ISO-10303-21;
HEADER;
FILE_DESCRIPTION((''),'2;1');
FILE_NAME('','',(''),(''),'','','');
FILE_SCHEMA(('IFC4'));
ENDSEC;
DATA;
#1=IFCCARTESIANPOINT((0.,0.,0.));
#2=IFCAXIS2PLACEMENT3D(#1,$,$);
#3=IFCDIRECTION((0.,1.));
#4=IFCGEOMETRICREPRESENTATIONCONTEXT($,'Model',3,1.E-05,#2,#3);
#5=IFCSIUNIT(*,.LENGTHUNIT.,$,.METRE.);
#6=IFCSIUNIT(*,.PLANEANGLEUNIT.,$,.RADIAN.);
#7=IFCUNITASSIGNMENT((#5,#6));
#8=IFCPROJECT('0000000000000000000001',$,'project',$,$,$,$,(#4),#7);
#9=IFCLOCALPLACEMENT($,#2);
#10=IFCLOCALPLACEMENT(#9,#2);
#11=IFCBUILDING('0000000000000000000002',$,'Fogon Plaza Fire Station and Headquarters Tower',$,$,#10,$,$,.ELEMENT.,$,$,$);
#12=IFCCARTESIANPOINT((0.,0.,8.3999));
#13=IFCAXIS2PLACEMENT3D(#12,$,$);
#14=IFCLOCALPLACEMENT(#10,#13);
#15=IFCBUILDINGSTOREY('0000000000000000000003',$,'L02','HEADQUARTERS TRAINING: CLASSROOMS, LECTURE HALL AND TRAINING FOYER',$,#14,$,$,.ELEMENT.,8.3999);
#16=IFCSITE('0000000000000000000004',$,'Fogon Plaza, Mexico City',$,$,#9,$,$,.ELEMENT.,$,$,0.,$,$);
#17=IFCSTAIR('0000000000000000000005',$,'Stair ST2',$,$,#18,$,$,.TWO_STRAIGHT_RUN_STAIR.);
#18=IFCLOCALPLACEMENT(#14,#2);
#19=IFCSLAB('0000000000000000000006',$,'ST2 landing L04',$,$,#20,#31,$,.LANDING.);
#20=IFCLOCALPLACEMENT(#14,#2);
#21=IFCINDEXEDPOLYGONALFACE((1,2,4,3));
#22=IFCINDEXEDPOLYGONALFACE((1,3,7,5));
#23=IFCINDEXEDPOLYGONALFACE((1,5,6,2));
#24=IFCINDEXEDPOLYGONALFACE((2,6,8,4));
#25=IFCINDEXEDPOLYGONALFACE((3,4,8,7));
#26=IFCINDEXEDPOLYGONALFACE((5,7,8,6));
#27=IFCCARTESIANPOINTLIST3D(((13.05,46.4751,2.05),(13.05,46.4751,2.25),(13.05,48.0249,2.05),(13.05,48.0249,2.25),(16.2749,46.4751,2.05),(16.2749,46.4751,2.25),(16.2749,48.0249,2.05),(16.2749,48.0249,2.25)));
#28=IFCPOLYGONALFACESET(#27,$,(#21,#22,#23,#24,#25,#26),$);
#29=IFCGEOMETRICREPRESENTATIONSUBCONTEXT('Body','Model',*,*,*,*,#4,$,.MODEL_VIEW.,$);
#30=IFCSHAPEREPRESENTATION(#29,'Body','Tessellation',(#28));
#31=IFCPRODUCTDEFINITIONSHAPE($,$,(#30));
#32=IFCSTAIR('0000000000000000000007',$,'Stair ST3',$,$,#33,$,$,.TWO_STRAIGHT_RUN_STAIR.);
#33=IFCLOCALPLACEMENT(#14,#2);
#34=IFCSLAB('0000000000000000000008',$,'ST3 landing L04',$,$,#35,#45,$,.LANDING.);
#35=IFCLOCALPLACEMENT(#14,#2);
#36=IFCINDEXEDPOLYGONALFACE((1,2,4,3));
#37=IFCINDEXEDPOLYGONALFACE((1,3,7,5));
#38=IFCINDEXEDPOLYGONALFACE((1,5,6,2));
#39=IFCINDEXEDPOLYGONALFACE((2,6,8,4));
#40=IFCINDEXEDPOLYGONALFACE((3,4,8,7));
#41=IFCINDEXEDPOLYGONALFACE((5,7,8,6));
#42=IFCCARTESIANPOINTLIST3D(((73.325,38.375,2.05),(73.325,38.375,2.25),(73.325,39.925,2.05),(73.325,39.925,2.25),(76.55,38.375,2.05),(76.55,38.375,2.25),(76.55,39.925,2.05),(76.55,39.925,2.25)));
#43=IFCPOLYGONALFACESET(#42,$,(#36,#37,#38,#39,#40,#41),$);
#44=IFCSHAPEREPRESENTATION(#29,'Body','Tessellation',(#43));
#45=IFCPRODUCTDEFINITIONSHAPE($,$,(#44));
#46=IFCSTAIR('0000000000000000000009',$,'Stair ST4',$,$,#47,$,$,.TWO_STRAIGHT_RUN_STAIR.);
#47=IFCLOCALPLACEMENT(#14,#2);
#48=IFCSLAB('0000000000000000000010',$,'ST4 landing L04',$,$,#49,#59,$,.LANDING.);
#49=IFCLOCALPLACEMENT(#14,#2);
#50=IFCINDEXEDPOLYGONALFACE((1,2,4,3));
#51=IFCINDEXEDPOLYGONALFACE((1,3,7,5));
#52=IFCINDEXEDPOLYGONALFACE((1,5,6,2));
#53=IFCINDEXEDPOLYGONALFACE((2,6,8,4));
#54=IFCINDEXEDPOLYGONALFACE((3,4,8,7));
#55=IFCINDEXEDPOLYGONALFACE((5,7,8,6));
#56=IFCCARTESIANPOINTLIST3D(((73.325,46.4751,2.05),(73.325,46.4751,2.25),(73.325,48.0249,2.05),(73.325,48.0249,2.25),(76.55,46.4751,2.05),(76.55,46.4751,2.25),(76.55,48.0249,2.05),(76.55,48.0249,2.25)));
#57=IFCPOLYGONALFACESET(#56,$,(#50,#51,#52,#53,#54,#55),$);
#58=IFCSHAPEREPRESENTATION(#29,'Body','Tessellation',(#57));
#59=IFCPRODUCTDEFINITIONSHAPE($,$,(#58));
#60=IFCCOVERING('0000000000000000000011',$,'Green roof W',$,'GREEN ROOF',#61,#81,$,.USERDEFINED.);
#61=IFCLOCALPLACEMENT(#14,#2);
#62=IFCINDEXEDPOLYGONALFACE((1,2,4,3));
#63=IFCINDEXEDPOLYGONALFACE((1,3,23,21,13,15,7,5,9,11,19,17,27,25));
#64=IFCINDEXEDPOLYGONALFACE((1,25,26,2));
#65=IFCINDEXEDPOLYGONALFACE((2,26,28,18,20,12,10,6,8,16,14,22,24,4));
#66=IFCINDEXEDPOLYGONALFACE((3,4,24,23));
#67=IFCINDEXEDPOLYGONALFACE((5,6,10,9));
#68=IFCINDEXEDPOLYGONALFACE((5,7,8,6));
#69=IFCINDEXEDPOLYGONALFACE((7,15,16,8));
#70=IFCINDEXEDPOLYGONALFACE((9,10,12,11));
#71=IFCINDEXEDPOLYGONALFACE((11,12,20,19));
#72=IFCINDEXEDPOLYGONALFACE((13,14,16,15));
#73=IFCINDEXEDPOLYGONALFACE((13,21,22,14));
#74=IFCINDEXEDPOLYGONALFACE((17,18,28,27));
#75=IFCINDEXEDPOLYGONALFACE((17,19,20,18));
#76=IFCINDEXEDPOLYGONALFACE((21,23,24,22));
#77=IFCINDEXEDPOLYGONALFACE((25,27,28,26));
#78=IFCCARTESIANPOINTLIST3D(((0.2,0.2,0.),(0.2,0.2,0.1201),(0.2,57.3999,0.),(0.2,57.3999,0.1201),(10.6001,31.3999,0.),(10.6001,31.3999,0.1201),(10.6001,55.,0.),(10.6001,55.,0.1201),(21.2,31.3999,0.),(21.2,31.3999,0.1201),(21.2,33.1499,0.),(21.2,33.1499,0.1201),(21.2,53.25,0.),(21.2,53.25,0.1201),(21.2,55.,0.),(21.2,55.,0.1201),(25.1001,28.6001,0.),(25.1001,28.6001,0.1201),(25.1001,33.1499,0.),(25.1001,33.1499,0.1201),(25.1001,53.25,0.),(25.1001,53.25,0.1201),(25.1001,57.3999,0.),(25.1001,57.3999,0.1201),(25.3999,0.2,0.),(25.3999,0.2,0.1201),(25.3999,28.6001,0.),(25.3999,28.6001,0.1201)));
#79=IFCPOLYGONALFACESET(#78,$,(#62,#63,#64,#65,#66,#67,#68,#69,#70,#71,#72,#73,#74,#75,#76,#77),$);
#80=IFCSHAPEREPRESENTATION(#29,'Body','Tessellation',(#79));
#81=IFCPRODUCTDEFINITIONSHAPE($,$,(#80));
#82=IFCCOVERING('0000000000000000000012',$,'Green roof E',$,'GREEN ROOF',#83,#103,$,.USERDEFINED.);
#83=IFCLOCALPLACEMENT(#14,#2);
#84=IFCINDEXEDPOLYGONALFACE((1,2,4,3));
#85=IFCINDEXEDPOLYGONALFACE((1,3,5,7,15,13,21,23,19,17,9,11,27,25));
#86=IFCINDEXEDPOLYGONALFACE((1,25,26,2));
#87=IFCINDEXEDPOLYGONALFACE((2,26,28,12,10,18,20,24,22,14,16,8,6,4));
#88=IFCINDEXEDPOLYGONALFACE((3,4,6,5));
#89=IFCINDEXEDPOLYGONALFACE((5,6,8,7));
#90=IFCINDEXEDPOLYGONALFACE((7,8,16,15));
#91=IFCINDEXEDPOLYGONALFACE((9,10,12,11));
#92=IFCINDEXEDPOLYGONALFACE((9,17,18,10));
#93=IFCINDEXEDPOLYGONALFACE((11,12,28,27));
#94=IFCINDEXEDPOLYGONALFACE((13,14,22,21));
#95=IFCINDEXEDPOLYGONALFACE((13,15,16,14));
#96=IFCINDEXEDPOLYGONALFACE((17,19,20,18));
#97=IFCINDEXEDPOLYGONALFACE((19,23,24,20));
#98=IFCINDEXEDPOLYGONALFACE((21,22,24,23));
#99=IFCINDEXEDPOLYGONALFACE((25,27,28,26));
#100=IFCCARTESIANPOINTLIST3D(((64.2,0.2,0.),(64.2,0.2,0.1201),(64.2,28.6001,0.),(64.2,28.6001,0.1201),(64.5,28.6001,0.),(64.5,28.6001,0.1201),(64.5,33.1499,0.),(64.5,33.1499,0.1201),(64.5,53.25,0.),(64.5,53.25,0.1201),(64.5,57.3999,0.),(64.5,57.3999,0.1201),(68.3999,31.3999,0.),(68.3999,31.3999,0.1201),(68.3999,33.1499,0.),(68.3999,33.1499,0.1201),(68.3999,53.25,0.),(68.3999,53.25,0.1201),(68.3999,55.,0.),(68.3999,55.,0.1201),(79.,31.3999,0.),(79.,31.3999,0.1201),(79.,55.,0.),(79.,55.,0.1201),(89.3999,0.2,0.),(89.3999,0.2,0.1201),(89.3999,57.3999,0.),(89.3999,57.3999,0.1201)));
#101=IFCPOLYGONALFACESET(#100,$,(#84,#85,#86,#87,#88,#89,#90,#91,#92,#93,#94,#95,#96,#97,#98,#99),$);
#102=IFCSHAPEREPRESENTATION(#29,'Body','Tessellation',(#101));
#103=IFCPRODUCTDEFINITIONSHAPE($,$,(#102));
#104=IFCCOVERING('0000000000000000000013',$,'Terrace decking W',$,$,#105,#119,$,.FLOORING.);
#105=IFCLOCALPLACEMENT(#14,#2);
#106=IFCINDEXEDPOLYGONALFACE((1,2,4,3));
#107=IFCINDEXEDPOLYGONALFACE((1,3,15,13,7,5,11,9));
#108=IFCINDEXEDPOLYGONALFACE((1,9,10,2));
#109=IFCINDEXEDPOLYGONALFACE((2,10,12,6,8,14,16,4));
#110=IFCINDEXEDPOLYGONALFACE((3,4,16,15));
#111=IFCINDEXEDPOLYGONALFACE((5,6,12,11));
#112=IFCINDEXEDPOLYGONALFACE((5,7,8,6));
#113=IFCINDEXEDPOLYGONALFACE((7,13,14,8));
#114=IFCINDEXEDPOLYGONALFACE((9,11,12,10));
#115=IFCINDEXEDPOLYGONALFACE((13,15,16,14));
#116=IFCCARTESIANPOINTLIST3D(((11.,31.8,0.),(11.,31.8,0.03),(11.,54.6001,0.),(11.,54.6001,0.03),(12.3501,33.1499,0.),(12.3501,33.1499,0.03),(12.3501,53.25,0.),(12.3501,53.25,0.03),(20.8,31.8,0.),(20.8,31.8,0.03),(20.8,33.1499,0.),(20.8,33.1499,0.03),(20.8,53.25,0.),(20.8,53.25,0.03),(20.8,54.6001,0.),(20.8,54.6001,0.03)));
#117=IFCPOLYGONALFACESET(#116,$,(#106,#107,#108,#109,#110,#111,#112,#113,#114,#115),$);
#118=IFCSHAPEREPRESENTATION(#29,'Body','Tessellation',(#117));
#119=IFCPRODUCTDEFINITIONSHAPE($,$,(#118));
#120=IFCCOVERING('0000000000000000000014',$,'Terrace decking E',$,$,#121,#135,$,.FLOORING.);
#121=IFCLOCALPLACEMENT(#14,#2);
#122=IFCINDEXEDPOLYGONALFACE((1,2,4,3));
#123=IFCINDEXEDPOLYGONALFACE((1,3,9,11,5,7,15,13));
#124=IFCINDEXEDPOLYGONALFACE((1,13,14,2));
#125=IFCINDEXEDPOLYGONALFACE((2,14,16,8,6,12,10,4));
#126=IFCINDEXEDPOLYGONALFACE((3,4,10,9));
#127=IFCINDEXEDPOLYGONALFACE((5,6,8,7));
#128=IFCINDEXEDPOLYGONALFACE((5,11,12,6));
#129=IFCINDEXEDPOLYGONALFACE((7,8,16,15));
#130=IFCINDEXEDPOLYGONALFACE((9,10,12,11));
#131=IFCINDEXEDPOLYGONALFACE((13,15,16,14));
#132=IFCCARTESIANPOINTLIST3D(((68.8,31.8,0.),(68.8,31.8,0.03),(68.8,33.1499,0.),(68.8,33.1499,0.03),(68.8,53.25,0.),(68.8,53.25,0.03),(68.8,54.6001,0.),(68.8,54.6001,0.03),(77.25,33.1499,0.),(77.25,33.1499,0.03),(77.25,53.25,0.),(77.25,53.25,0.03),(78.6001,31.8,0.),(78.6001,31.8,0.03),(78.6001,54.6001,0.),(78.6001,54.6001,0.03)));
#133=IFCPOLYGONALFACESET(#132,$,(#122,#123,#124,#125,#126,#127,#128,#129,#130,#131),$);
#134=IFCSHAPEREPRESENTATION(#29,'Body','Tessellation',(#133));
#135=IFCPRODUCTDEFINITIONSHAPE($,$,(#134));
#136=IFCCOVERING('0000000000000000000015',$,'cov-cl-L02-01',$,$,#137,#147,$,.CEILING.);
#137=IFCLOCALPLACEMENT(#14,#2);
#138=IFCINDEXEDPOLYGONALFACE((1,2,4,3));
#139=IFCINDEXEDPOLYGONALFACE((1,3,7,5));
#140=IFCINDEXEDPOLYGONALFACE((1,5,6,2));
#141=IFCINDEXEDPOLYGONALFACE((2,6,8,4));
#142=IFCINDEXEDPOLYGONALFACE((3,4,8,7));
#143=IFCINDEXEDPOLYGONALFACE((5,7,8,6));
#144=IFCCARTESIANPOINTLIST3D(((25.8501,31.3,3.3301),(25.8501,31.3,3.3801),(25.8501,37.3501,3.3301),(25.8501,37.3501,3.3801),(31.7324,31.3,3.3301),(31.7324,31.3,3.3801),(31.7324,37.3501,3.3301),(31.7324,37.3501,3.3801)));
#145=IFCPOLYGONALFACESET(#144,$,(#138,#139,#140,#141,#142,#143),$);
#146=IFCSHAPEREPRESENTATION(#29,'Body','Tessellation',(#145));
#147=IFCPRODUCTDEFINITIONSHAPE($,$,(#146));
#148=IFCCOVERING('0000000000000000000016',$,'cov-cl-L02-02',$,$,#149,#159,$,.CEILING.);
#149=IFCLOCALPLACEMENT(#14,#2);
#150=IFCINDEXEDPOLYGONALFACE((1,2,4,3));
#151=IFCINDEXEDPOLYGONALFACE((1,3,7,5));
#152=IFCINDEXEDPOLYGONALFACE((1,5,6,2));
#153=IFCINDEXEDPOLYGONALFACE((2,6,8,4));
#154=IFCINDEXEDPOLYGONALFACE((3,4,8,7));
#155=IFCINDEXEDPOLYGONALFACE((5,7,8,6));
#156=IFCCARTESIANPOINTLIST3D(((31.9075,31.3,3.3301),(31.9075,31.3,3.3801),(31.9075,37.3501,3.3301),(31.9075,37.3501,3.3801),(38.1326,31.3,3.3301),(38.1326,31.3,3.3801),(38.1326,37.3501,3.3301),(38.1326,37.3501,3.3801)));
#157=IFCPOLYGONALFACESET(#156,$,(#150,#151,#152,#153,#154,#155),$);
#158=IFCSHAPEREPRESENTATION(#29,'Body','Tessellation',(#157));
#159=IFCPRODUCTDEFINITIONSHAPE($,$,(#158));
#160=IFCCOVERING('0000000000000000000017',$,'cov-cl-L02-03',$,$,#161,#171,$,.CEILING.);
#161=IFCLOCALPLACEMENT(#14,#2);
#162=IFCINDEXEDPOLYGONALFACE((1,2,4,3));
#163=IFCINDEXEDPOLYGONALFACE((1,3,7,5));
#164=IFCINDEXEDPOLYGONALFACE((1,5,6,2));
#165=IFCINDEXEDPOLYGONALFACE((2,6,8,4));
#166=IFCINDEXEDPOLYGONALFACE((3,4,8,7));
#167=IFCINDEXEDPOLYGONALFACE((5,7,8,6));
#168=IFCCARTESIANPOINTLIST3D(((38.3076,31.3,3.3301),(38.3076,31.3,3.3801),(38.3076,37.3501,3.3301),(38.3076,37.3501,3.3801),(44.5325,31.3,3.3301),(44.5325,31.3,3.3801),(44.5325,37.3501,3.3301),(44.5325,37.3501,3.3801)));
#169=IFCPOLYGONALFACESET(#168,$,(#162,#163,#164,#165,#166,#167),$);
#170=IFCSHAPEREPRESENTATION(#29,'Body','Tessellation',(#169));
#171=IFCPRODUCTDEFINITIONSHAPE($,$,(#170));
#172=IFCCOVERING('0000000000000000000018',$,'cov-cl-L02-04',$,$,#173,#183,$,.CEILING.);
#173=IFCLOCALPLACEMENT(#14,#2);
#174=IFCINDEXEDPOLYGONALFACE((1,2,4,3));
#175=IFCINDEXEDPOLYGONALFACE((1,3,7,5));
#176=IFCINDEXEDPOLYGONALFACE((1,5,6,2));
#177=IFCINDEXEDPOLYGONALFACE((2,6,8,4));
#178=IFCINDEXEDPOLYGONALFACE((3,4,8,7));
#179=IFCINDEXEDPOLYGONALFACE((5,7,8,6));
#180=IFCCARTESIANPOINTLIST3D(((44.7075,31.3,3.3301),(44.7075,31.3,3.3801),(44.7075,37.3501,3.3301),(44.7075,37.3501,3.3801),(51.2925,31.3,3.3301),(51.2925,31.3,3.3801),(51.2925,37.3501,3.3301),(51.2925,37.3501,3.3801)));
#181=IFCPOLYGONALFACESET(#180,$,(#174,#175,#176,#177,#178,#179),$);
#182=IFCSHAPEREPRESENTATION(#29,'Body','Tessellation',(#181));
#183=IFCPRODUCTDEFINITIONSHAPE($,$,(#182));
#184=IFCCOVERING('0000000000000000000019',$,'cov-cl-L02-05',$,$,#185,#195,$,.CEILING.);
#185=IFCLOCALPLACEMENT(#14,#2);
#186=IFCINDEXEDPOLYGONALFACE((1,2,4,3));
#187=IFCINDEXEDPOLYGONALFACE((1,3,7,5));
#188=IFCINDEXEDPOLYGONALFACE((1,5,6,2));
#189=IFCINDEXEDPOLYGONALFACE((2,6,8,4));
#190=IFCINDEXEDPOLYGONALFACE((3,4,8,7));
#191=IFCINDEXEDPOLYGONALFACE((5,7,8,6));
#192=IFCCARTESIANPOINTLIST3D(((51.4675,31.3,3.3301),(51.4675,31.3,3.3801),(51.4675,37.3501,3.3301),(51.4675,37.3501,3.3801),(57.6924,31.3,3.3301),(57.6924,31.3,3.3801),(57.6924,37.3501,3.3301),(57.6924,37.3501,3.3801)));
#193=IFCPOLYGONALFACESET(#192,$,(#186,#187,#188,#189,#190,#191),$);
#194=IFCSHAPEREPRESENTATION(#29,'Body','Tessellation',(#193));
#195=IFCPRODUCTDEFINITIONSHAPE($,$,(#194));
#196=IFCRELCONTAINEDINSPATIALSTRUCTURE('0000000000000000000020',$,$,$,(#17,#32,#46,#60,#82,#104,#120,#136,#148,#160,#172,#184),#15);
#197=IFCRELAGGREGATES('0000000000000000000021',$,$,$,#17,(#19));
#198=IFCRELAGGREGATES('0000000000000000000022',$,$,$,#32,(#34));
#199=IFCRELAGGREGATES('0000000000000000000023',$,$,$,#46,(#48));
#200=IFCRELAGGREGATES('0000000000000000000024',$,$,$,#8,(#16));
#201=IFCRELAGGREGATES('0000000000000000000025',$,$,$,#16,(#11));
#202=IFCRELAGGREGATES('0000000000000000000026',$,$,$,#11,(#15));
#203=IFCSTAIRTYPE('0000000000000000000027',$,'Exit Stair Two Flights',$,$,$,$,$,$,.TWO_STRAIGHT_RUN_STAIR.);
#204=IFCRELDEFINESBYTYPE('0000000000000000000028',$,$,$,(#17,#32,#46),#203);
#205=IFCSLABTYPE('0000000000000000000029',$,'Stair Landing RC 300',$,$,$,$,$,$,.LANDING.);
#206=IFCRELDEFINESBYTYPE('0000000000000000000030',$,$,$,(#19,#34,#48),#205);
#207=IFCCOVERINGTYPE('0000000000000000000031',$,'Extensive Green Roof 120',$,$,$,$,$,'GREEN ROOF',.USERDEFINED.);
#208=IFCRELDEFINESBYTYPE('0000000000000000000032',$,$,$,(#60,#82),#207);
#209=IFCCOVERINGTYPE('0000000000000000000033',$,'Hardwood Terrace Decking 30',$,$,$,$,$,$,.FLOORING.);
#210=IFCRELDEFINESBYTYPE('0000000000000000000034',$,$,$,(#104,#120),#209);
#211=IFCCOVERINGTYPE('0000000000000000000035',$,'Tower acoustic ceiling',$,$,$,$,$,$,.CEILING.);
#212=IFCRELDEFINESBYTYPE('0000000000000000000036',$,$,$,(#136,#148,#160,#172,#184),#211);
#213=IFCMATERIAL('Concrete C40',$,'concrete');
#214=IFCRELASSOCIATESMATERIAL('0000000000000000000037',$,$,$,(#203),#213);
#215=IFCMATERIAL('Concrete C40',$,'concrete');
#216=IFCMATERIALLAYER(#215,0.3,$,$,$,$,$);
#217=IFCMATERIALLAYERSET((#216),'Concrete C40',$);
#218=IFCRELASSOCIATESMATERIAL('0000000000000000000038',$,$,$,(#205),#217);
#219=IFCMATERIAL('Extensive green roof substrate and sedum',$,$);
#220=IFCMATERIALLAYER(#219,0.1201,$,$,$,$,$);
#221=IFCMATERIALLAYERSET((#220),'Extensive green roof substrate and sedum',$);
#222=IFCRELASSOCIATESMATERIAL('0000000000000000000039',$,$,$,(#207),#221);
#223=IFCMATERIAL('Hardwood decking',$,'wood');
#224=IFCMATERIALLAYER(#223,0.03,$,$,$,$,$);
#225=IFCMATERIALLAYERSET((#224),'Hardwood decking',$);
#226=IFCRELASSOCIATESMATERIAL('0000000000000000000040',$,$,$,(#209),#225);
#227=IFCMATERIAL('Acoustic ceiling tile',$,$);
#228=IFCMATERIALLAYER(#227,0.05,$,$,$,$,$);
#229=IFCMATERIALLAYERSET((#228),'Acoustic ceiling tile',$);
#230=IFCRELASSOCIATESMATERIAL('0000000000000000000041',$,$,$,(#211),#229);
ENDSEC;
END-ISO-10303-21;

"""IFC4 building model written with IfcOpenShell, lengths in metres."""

from ifc_helpers import new_model, si_unit, direction, frame, origin, place, context, subcontext, project, spatial, polyline, outline, extrude, material, layer, layer_set, type_object, element, aggregate, save


model = new_model("IFC4")

# Units and contexts
model_context = context("Model", 3, precision=1e-05, world=origin(), true_north=direction((0.0, 1.0)))
body_context = subcontext(model_context, "Body", "Model", "MODEL_VIEW")
ifc_project = project(units=[si_unit("LENGTHUNIT", "METRE"), si_unit("PLANEANGLEUNIT", "RADIAN")], contexts=[model_context])

# Site, building, storey
site_placement = place(None, origin())
site = spatial("IfcSite", under=ifc_project, at=site_placement, Name="Fogon Plaza, Mexico City", CompositionType="ELEMENT", RefElevation=0.0)
building_placement = place(site_placement, origin())
building = spatial("IfcBuilding", under=site, at=building_placement, Name="Fogon Plaza Fire Station and Headquarters Tower", CompositionType="ELEMENT")
storey_placement = place(building_placement, frame((0.0, 0.0, 8.3999)))
storey = spatial("IfcBuildingStorey", under=building, at=storey_placement, Name="L02", Description="HEADQUARTERS TRAINING: CLASSROOMS, LECTURE HALL AND TRAINING FOYER", CompositionType="ELEMENT", Elevation=8.3999)

# Stairs, slabs
ifc_material_1 = material(Name="Concrete C40", Category="concrete")
stair_type_1 = type_object("IfcStairType", Name="Exit Stair Two Flights", PredefinedType="TWO_STRAIGHT_RUN_STAIR", material=ifc_material_1)
ifc_material_2 = material(Name="Concrete C40", Category="concrete")
ifc_layer_1 = layer(ifc_material_2, 0.3)
ifc_layer_set_1 = layer_set([ifc_layer_1], Name="Concrete C40")
slab_type_1 = type_object("IfcSlabType", Name="Stair Landing RC 300", PredefinedType="LANDING", material=ifc_layer_set_1)
stair_1_placement = place(storey_placement, origin())
stair_1 = element("IfcStair", 1, at=stair_1_placement, inside=storey, type_object=stair_type_1, Name="Stair ST2", PredefinedType="TWO_STRAIGHT_RUN_STAIR")
slab_1_placement = place(storey_placement, frame((0.0, 0.0, 2.05)))
slab_1 = element("IfcSlab", 2, at=slab_1_placement, type_object=slab_type_1, Name="ST2 landing L04", PredefinedType="LANDING", context=body_context, shape_type="SweptSolid", body=[
    extrude(outline(polyline([(16.2749, 46.4751), (16.2749, 48.0249), (13.05, 48.0249), (13.05, 46.4751), (16.2749, 46.4751)])), origin(), (0.0, 0.0, 1.0), 0.2),
])
aggregate(stair_1, [slab_1])
stair_2_placement = place(storey_placement, origin())
stair_2 = element("IfcStair", 3, at=stair_2_placement, inside=storey, type_object=stair_type_1, Name="Stair ST3", PredefinedType="TWO_STRAIGHT_RUN_STAIR")
slab_2_placement = place(storey_placement, frame((0.0, 0.0, 2.05)))
slab_2 = element("IfcSlab", 4, at=slab_2_placement, type_object=slab_type_1, Name="ST3 landing L04", PredefinedType="LANDING", context=body_context, shape_type="SweptSolid", body=[
    extrude(outline(polyline([(73.325, 38.375), (76.55, 38.375), (76.55, 39.925), (73.325, 39.925), (73.325, 38.375)])), origin(), (0.0, 0.0, 1.0), 0.2),
])
aggregate(stair_2, [slab_2])
stair_3_placement = place(storey_placement, origin())
stair_3 = element("IfcStair", 5, at=stair_3_placement, inside=storey, type_object=stair_type_1, Name="Stair ST4", PredefinedType="TWO_STRAIGHT_RUN_STAIR")
slab_3_placement = place(storey_placement, frame((0.0, 0.0, 2.05)))
slab_3 = element("IfcSlab", 6, at=slab_3_placement, type_object=slab_type_1, Name="ST4 landing L04", PredefinedType="LANDING", context=body_context, shape_type="SweptSolid", body=[
    extrude(outline(polyline([(73.325, 46.4751), (76.55, 46.4751), (76.55, 48.0249), (73.325, 48.0249), (73.325, 46.4751)])), origin(), (0.0, 0.0, 1.0), 0.2),
])
aggregate(stair_3, [slab_3])

# Coverings
ifc_material_3 = material(Name="Extensive green roof substrate and sedum")
ifc_layer_2 = layer(ifc_material_3, 0.1201)
ifc_layer_set_2 = layer_set([ifc_layer_2], Name="Extensive green roof substrate and sedum")
covering_type_1 = type_object("IfcCoveringType", Name="Extensive Green Roof 120", ElementType="GREEN ROOF", PredefinedType="USERDEFINED", material=ifc_layer_set_2)
covering_1_placement = place(storey_placement, origin())
element("IfcCovering", 7, at=covering_1_placement, inside=storey, type_object=covering_type_1, Name="Green roof W", ObjectType="GREEN ROOF", PredefinedType="USERDEFINED", context=body_context, shape_type="SweptSolid", body=[
    extrude(outline(polyline([(0.2, 0.2), (0.2, 57.3999), (25.1001, 57.3999), (25.1001, 53.25), (21.2, 53.25), (21.2, 55.0), (10.6001, 55.0), (10.6001, 31.3999), (21.2, 31.3999), (21.2, 33.1499), (25.1001, 33.1499), (25.1001, 28.6001), (25.3999, 28.6001), (25.3999, 0.2), (0.2, 0.2)])), origin(), (0.0, 0.0, 1.0), 0.1201),
])
covering_2_placement = place(storey_placement, origin())
element("IfcCovering", 8, at=covering_2_placement, inside=storey, type_object=covering_type_1, Name="Green roof E", ObjectType="GREEN ROOF", PredefinedType="USERDEFINED", context=body_context, shape_type="SweptSolid", body=[
    extrude(outline(polyline([(89.3999, 57.3999), (89.3999, 0.2), (64.2, 0.2), (64.2, 28.6001), (64.5, 28.6001), (64.5, 33.1499), (68.3999, 33.1499), (68.3999, 31.3999), (79.0, 31.3999), (79.0, 55.0), (68.3999, 55.0), (68.3999, 53.25), (64.5, 53.25), (64.5, 57.3999), (89.3999, 57.3999)])), origin(), (0.0, 0.0, 1.0), 0.1201),
])
ifc_material_4 = material(Name="Hardwood decking", Category="wood")
ifc_layer_3 = layer(ifc_material_4, 0.03)
ifc_layer_set_3 = layer_set([ifc_layer_3], Name="Hardwood decking")
covering_type_2 = type_object("IfcCoveringType", Name="Hardwood Terrace Decking 30", PredefinedType="FLOORING", material=ifc_layer_set_3)
covering_3_placement = place(storey_placement, origin())
element("IfcCovering", 9, at=covering_3_placement, inside=storey, type_object=covering_type_2, Name="Terrace decking W", PredefinedType="FLOORING", context=body_context, shape_type="SweptSolid", body=[
    extrude(outline(polyline([(20.8, 31.8), (11.0, 31.8), (11.0, 54.6001), (20.8, 54.6001), (20.8, 53.25), (12.3501, 53.25), (12.3501, 33.1499), (20.8, 33.1499), (20.8, 31.8)])), origin(), (0.0, 0.0, 1.0), 0.03),
])
covering_4_placement = place(storey_placement, origin())
element("IfcCovering", 10, at=covering_4_placement, inside=storey, type_object=covering_type_2, Name="Terrace decking E", PredefinedType="FLOORING", context=body_context, shape_type="SweptSolid", body=[
    extrude(outline(polyline([(68.8, 54.6001), (78.6001, 54.6001), (78.6001, 31.8), (68.8, 31.8), (68.8, 33.1499), (77.25, 33.1499), (77.25, 53.25), (68.8, 53.25), (68.8, 54.6001)])), origin(), (0.0, 0.0, 1.0), 0.03),
])
ifc_material_5 = material(Name="Acoustic ceiling tile")
ifc_layer_4 = layer(ifc_material_5, 0.05)
ifc_layer_set_4 = layer_set([ifc_layer_4], Name="Acoustic ceiling tile")
covering_type_3 = type_object("IfcCoveringType", Name="Tower acoustic ceiling", PredefinedType="CEILING", material=ifc_layer_set_4)
covering_5_placement = place(storey_placement, frame((0.0, 0.0, 3.3301)))
element("IfcCovering", 11, at=covering_5_placement, inside=storey, type_object=covering_type_3, Name="cov-cl-L02-01", PredefinedType="CEILING", context=body_context, shape_type="SweptSolid", body=[
    extrude(outline(polyline([(31.7324, 31.3), (31.7324, 37.3501), (25.8501, 37.3501), (25.8501, 31.3), (31.7324, 31.3)])), origin(), (0.0, 0.0, 1.0), 0.05),
])
covering_6_placement = place(storey_placement, frame((0.0, 0.0, 3.3301)))
element("IfcCovering", 12, at=covering_6_placement, inside=storey, type_object=covering_type_3, Name="cov-cl-L02-02", PredefinedType="CEILING", context=body_context, shape_type="SweptSolid", body=[
    extrude(outline(polyline([(38.1326, 31.3), (38.1326, 37.3501), (31.9075, 37.3501), (31.9075, 31.3), (38.1326, 31.3)])), origin(), (0.0, 0.0, 1.0), 0.05),
])
covering_7_placement = place(storey_placement, frame((0.0, 0.0, 3.3301)))
element("IfcCovering", 13, at=covering_7_placement, inside=storey, type_object=covering_type_3, Name="cov-cl-L02-03", PredefinedType="CEILING", context=body_context, shape_type="SweptSolid", body=[
    extrude(outline(polyline([(44.5325, 31.3), (44.5325, 37.3501), (38.3076, 37.3501), (38.3076, 31.3), (44.5325, 31.3)])), origin(), (0.0, 0.0, 1.0), 0.05),
])
covering_8_placement = place(storey_placement, frame((0.0, 0.0, 3.3301)))
element("IfcCovering", 14, at=covering_8_placement, inside=storey, type_object=covering_type_3, Name="cov-cl-L02-04", PredefinedType="CEILING", context=body_context, shape_type="SweptSolid", body=[
    extrude(outline(polyline([(51.2925, 31.3), (51.2925, 37.3501), (44.7075, 37.3501), (44.7075, 31.3), (51.2925, 31.3)])), origin(), (0.0, 0.0, 1.0), 0.05),
])
covering_9_placement = place(storey_placement, frame((0.0, 0.0, 3.3301)))
element("IfcCovering", 15, at=covering_9_placement, inside=storey, type_object=covering_type_3, Name="cov-cl-L02-05", PredefinedType="CEILING", context=body_context, shape_type="SweptSolid", body=[
    extrude(outline(polyline([(57.6924, 31.3), (57.6924, 37.3501), (51.4675, 37.3501), (51.4675, 31.3), (57.6924, 31.3)])), origin(), (0.0, 0.0, 1.0), 0.05),
])

save(model, "model.ifc")
